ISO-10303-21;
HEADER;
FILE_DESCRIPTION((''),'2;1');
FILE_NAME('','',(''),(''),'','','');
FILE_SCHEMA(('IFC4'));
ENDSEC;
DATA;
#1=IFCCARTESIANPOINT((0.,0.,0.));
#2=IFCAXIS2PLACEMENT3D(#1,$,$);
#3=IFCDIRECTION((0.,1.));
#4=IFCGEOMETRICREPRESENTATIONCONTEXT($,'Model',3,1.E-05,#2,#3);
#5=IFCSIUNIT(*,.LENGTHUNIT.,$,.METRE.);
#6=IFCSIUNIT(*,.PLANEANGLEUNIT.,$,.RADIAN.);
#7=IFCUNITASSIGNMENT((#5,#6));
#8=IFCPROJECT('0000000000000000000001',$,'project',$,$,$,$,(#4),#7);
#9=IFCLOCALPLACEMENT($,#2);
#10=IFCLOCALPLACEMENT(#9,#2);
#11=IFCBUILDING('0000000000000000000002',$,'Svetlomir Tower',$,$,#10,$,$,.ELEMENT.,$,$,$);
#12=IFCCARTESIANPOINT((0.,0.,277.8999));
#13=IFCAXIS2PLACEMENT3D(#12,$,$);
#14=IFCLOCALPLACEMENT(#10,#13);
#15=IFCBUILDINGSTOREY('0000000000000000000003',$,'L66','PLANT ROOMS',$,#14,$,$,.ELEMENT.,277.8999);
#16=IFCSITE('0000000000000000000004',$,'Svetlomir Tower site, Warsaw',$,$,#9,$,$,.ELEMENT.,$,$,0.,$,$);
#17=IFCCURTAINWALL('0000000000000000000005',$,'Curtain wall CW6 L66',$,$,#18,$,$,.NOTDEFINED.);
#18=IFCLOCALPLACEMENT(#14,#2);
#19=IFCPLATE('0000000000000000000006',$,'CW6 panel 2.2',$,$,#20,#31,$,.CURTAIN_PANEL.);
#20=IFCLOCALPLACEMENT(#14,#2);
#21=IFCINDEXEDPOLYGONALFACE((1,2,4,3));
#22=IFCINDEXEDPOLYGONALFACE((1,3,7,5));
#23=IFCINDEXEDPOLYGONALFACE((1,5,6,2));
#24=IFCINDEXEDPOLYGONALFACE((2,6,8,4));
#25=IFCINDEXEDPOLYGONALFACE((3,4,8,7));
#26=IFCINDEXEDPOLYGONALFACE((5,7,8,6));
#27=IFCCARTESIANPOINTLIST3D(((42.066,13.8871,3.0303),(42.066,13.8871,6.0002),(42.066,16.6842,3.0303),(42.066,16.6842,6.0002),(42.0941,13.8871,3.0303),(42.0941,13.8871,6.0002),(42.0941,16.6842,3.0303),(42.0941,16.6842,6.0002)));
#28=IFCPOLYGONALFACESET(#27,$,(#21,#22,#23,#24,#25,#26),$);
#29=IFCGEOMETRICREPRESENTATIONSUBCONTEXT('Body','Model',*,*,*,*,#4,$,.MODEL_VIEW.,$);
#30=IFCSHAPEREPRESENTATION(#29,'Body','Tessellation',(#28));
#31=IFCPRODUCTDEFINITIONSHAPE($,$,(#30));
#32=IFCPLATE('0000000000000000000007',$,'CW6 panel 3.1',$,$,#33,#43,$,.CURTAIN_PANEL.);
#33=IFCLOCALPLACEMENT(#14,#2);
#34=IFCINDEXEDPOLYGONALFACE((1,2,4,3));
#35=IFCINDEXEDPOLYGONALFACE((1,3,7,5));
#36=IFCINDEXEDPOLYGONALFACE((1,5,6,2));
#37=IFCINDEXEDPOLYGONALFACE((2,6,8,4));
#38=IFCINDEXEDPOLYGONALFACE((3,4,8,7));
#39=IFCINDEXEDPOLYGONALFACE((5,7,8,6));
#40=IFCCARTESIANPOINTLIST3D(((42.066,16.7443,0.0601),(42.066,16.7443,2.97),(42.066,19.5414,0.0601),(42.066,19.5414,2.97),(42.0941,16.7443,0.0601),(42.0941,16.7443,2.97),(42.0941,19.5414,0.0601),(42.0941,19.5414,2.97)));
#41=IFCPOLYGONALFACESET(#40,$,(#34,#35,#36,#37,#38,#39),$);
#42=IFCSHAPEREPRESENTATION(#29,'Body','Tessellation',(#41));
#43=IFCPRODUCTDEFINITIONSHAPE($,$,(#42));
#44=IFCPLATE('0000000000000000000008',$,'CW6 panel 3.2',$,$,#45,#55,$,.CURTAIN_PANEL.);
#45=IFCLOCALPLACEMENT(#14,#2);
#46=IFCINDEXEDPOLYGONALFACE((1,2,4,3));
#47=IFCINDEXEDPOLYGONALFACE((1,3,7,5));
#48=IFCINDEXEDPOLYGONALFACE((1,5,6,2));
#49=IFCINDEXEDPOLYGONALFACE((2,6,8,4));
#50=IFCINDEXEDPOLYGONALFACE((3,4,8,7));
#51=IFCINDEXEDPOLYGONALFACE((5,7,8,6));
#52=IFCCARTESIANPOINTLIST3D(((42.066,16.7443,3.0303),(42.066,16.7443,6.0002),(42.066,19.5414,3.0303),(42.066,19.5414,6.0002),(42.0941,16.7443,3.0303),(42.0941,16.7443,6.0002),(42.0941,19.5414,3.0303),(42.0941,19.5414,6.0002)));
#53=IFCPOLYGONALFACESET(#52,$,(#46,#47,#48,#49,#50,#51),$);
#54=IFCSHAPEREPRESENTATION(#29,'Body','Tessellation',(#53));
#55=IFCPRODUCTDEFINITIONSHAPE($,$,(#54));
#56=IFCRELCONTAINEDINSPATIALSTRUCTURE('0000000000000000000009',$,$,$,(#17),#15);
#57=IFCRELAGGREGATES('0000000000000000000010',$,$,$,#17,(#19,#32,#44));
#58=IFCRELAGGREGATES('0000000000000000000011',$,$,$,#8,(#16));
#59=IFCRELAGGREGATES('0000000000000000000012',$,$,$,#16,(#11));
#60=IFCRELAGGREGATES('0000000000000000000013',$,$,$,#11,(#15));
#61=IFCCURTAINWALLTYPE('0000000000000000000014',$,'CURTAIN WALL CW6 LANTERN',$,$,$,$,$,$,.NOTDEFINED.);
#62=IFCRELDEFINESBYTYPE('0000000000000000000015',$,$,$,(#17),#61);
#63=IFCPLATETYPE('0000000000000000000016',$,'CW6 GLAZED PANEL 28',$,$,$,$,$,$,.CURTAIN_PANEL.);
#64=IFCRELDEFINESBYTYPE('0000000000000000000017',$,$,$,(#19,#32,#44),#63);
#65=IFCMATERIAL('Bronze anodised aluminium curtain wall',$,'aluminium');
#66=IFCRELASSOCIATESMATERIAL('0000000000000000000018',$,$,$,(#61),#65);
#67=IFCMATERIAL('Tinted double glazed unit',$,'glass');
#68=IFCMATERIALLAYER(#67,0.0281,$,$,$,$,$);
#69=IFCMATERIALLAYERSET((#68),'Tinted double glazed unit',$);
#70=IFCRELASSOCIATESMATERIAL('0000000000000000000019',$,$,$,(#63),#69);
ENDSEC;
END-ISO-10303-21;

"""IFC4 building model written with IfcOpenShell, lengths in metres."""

from ifc_helpers import new_model, si_unit, direction, frame, origin, origin_2d, place, context, subcontext, project, spatial, rectangle, extrude, material, layer, layer_set, type_object, element, aggregate, save


model = new_model("IFC4")

# Units and contexts
model_context = context("Model", 3, precision=1e-05, world=origin(), true_north=direction((0.0, 1.0)))
body_context = subcontext(model_context, "Body", "Model", "MODEL_VIEW")
ifc_project = project(units=[si_unit("LENGTHUNIT", "METRE"), si_unit("PLANEANGLEUNIT", "RADIAN")], contexts=[model_context])

# Site, building, storey
site_placement = place(None, origin())
site = spatial("IfcSite", under=ifc_project, at=site_placement, Name="Svetlomir Tower site, Warsaw", CompositionType="ELEMENT", RefElevation=0.0)
building_placement = place(site_placement, origin())
building = spatial("IfcBuilding", under=site, at=building_placement, Name="Svetlomir Tower", CompositionType="ELEMENT")
storey_placement = place(building_placement, frame((0.0, 0.0, 277.8999)))
storey = spatial("IfcBuildingStorey", under=building, at=storey_placement, Name="L66", Description="PLANT ROOMS", CompositionType="ELEMENT", Elevation=277.8999)

# Shared definitions
ifc_material_1 = material(Name="Bronze anodised aluminium curtain wall", Category="aluminium")
curtain_wall_type = type_object("IfcCurtainWallType", Name="CURTAIN WALL CW6 LANTERN", PredefinedType="NOTDEFINED", material=ifc_material_1)

# Curtain wall
curtain_wall_1_placement = place(storey_placement, origin())
curtain_wall_1 = element("IfcCurtainWall", 1, at=curtain_wall_1_placement, inside=storey, type_object=curtain_wall_type, Name="Curtain wall CW6 L66", PredefinedType="NOTDEFINED")

# Plates
ifc_material_2 = material(Name="Tinted double glazed unit", Category="glass")
ifc_layer = layer(ifc_material_2, 0.0281)
ifc_layer_set = layer_set([ifc_layer], Name="Tinted double glazed unit")
plate_type = type_object("IfcPlateType", Name="CW6 GLAZED PANEL 28", PredefinedType="CURTAIN_PANEL", material=ifc_layer_set)
plate_1_placement = place(storey_placement, frame((42.0801, 15.2856, 3.0303), z_axis=(0.0, 0.0, 1.0), x_axis=(0.0, 1.0, 0.0)))
plate_1 = element("IfcPlate", 2, at=plate_1_placement, type_object=plate_type, Name="CW6 panel 2.2", PredefinedType="CURTAIN_PANEL", context=body_context, shape_type="SweptSolid", body=[
    extrude(rectangle(XDim=2.7971, YDim=0.0281, at=origin_2d()), origin(), (0.0, 0.0, 1.0), 2.97),
])
plate_2_placement = place(storey_placement, frame((42.0801, 18.1428, 0.0601), z_axis=(0.0, 0.0, 1.0), x_axis=(0.0, 1.0, 0.0)))
plate_2 = element("IfcPlate", 3, at=plate_2_placement, type_object=plate_type, Name="CW6 panel 3.1", PredefinedType="CURTAIN_PANEL", context=body_context, shape_type="SweptSolid", body=[
    extrude(rectangle(XDim=2.7971, YDim=0.0281, at=origin_2d()), origin(), (0.0, 0.0, 1.0), 2.9099),
])
plate_3_placement = place(storey_placement, frame((42.0801, 18.1428, 3.0303), z_axis=(0.0, 0.0, 1.0), x_axis=(0.0, 1.0, 0.0)))
plate_3 = element("IfcPlate", 4, at=plate_3_placement, type_object=plate_type, Name="CW6 panel 3.2", PredefinedType="CURTAIN_PANEL", context=body_context, shape_type="SweptSolid", body=[
    extrude(rectangle(XDim=2.7971, YDim=0.0281, at=origin_2d()), origin(), (0.0, 0.0, 1.0), 2.97),
])
aggregate(curtain_wall_1, [plate_1, plate_2, plate_3])

save(model, "model.ifc")
